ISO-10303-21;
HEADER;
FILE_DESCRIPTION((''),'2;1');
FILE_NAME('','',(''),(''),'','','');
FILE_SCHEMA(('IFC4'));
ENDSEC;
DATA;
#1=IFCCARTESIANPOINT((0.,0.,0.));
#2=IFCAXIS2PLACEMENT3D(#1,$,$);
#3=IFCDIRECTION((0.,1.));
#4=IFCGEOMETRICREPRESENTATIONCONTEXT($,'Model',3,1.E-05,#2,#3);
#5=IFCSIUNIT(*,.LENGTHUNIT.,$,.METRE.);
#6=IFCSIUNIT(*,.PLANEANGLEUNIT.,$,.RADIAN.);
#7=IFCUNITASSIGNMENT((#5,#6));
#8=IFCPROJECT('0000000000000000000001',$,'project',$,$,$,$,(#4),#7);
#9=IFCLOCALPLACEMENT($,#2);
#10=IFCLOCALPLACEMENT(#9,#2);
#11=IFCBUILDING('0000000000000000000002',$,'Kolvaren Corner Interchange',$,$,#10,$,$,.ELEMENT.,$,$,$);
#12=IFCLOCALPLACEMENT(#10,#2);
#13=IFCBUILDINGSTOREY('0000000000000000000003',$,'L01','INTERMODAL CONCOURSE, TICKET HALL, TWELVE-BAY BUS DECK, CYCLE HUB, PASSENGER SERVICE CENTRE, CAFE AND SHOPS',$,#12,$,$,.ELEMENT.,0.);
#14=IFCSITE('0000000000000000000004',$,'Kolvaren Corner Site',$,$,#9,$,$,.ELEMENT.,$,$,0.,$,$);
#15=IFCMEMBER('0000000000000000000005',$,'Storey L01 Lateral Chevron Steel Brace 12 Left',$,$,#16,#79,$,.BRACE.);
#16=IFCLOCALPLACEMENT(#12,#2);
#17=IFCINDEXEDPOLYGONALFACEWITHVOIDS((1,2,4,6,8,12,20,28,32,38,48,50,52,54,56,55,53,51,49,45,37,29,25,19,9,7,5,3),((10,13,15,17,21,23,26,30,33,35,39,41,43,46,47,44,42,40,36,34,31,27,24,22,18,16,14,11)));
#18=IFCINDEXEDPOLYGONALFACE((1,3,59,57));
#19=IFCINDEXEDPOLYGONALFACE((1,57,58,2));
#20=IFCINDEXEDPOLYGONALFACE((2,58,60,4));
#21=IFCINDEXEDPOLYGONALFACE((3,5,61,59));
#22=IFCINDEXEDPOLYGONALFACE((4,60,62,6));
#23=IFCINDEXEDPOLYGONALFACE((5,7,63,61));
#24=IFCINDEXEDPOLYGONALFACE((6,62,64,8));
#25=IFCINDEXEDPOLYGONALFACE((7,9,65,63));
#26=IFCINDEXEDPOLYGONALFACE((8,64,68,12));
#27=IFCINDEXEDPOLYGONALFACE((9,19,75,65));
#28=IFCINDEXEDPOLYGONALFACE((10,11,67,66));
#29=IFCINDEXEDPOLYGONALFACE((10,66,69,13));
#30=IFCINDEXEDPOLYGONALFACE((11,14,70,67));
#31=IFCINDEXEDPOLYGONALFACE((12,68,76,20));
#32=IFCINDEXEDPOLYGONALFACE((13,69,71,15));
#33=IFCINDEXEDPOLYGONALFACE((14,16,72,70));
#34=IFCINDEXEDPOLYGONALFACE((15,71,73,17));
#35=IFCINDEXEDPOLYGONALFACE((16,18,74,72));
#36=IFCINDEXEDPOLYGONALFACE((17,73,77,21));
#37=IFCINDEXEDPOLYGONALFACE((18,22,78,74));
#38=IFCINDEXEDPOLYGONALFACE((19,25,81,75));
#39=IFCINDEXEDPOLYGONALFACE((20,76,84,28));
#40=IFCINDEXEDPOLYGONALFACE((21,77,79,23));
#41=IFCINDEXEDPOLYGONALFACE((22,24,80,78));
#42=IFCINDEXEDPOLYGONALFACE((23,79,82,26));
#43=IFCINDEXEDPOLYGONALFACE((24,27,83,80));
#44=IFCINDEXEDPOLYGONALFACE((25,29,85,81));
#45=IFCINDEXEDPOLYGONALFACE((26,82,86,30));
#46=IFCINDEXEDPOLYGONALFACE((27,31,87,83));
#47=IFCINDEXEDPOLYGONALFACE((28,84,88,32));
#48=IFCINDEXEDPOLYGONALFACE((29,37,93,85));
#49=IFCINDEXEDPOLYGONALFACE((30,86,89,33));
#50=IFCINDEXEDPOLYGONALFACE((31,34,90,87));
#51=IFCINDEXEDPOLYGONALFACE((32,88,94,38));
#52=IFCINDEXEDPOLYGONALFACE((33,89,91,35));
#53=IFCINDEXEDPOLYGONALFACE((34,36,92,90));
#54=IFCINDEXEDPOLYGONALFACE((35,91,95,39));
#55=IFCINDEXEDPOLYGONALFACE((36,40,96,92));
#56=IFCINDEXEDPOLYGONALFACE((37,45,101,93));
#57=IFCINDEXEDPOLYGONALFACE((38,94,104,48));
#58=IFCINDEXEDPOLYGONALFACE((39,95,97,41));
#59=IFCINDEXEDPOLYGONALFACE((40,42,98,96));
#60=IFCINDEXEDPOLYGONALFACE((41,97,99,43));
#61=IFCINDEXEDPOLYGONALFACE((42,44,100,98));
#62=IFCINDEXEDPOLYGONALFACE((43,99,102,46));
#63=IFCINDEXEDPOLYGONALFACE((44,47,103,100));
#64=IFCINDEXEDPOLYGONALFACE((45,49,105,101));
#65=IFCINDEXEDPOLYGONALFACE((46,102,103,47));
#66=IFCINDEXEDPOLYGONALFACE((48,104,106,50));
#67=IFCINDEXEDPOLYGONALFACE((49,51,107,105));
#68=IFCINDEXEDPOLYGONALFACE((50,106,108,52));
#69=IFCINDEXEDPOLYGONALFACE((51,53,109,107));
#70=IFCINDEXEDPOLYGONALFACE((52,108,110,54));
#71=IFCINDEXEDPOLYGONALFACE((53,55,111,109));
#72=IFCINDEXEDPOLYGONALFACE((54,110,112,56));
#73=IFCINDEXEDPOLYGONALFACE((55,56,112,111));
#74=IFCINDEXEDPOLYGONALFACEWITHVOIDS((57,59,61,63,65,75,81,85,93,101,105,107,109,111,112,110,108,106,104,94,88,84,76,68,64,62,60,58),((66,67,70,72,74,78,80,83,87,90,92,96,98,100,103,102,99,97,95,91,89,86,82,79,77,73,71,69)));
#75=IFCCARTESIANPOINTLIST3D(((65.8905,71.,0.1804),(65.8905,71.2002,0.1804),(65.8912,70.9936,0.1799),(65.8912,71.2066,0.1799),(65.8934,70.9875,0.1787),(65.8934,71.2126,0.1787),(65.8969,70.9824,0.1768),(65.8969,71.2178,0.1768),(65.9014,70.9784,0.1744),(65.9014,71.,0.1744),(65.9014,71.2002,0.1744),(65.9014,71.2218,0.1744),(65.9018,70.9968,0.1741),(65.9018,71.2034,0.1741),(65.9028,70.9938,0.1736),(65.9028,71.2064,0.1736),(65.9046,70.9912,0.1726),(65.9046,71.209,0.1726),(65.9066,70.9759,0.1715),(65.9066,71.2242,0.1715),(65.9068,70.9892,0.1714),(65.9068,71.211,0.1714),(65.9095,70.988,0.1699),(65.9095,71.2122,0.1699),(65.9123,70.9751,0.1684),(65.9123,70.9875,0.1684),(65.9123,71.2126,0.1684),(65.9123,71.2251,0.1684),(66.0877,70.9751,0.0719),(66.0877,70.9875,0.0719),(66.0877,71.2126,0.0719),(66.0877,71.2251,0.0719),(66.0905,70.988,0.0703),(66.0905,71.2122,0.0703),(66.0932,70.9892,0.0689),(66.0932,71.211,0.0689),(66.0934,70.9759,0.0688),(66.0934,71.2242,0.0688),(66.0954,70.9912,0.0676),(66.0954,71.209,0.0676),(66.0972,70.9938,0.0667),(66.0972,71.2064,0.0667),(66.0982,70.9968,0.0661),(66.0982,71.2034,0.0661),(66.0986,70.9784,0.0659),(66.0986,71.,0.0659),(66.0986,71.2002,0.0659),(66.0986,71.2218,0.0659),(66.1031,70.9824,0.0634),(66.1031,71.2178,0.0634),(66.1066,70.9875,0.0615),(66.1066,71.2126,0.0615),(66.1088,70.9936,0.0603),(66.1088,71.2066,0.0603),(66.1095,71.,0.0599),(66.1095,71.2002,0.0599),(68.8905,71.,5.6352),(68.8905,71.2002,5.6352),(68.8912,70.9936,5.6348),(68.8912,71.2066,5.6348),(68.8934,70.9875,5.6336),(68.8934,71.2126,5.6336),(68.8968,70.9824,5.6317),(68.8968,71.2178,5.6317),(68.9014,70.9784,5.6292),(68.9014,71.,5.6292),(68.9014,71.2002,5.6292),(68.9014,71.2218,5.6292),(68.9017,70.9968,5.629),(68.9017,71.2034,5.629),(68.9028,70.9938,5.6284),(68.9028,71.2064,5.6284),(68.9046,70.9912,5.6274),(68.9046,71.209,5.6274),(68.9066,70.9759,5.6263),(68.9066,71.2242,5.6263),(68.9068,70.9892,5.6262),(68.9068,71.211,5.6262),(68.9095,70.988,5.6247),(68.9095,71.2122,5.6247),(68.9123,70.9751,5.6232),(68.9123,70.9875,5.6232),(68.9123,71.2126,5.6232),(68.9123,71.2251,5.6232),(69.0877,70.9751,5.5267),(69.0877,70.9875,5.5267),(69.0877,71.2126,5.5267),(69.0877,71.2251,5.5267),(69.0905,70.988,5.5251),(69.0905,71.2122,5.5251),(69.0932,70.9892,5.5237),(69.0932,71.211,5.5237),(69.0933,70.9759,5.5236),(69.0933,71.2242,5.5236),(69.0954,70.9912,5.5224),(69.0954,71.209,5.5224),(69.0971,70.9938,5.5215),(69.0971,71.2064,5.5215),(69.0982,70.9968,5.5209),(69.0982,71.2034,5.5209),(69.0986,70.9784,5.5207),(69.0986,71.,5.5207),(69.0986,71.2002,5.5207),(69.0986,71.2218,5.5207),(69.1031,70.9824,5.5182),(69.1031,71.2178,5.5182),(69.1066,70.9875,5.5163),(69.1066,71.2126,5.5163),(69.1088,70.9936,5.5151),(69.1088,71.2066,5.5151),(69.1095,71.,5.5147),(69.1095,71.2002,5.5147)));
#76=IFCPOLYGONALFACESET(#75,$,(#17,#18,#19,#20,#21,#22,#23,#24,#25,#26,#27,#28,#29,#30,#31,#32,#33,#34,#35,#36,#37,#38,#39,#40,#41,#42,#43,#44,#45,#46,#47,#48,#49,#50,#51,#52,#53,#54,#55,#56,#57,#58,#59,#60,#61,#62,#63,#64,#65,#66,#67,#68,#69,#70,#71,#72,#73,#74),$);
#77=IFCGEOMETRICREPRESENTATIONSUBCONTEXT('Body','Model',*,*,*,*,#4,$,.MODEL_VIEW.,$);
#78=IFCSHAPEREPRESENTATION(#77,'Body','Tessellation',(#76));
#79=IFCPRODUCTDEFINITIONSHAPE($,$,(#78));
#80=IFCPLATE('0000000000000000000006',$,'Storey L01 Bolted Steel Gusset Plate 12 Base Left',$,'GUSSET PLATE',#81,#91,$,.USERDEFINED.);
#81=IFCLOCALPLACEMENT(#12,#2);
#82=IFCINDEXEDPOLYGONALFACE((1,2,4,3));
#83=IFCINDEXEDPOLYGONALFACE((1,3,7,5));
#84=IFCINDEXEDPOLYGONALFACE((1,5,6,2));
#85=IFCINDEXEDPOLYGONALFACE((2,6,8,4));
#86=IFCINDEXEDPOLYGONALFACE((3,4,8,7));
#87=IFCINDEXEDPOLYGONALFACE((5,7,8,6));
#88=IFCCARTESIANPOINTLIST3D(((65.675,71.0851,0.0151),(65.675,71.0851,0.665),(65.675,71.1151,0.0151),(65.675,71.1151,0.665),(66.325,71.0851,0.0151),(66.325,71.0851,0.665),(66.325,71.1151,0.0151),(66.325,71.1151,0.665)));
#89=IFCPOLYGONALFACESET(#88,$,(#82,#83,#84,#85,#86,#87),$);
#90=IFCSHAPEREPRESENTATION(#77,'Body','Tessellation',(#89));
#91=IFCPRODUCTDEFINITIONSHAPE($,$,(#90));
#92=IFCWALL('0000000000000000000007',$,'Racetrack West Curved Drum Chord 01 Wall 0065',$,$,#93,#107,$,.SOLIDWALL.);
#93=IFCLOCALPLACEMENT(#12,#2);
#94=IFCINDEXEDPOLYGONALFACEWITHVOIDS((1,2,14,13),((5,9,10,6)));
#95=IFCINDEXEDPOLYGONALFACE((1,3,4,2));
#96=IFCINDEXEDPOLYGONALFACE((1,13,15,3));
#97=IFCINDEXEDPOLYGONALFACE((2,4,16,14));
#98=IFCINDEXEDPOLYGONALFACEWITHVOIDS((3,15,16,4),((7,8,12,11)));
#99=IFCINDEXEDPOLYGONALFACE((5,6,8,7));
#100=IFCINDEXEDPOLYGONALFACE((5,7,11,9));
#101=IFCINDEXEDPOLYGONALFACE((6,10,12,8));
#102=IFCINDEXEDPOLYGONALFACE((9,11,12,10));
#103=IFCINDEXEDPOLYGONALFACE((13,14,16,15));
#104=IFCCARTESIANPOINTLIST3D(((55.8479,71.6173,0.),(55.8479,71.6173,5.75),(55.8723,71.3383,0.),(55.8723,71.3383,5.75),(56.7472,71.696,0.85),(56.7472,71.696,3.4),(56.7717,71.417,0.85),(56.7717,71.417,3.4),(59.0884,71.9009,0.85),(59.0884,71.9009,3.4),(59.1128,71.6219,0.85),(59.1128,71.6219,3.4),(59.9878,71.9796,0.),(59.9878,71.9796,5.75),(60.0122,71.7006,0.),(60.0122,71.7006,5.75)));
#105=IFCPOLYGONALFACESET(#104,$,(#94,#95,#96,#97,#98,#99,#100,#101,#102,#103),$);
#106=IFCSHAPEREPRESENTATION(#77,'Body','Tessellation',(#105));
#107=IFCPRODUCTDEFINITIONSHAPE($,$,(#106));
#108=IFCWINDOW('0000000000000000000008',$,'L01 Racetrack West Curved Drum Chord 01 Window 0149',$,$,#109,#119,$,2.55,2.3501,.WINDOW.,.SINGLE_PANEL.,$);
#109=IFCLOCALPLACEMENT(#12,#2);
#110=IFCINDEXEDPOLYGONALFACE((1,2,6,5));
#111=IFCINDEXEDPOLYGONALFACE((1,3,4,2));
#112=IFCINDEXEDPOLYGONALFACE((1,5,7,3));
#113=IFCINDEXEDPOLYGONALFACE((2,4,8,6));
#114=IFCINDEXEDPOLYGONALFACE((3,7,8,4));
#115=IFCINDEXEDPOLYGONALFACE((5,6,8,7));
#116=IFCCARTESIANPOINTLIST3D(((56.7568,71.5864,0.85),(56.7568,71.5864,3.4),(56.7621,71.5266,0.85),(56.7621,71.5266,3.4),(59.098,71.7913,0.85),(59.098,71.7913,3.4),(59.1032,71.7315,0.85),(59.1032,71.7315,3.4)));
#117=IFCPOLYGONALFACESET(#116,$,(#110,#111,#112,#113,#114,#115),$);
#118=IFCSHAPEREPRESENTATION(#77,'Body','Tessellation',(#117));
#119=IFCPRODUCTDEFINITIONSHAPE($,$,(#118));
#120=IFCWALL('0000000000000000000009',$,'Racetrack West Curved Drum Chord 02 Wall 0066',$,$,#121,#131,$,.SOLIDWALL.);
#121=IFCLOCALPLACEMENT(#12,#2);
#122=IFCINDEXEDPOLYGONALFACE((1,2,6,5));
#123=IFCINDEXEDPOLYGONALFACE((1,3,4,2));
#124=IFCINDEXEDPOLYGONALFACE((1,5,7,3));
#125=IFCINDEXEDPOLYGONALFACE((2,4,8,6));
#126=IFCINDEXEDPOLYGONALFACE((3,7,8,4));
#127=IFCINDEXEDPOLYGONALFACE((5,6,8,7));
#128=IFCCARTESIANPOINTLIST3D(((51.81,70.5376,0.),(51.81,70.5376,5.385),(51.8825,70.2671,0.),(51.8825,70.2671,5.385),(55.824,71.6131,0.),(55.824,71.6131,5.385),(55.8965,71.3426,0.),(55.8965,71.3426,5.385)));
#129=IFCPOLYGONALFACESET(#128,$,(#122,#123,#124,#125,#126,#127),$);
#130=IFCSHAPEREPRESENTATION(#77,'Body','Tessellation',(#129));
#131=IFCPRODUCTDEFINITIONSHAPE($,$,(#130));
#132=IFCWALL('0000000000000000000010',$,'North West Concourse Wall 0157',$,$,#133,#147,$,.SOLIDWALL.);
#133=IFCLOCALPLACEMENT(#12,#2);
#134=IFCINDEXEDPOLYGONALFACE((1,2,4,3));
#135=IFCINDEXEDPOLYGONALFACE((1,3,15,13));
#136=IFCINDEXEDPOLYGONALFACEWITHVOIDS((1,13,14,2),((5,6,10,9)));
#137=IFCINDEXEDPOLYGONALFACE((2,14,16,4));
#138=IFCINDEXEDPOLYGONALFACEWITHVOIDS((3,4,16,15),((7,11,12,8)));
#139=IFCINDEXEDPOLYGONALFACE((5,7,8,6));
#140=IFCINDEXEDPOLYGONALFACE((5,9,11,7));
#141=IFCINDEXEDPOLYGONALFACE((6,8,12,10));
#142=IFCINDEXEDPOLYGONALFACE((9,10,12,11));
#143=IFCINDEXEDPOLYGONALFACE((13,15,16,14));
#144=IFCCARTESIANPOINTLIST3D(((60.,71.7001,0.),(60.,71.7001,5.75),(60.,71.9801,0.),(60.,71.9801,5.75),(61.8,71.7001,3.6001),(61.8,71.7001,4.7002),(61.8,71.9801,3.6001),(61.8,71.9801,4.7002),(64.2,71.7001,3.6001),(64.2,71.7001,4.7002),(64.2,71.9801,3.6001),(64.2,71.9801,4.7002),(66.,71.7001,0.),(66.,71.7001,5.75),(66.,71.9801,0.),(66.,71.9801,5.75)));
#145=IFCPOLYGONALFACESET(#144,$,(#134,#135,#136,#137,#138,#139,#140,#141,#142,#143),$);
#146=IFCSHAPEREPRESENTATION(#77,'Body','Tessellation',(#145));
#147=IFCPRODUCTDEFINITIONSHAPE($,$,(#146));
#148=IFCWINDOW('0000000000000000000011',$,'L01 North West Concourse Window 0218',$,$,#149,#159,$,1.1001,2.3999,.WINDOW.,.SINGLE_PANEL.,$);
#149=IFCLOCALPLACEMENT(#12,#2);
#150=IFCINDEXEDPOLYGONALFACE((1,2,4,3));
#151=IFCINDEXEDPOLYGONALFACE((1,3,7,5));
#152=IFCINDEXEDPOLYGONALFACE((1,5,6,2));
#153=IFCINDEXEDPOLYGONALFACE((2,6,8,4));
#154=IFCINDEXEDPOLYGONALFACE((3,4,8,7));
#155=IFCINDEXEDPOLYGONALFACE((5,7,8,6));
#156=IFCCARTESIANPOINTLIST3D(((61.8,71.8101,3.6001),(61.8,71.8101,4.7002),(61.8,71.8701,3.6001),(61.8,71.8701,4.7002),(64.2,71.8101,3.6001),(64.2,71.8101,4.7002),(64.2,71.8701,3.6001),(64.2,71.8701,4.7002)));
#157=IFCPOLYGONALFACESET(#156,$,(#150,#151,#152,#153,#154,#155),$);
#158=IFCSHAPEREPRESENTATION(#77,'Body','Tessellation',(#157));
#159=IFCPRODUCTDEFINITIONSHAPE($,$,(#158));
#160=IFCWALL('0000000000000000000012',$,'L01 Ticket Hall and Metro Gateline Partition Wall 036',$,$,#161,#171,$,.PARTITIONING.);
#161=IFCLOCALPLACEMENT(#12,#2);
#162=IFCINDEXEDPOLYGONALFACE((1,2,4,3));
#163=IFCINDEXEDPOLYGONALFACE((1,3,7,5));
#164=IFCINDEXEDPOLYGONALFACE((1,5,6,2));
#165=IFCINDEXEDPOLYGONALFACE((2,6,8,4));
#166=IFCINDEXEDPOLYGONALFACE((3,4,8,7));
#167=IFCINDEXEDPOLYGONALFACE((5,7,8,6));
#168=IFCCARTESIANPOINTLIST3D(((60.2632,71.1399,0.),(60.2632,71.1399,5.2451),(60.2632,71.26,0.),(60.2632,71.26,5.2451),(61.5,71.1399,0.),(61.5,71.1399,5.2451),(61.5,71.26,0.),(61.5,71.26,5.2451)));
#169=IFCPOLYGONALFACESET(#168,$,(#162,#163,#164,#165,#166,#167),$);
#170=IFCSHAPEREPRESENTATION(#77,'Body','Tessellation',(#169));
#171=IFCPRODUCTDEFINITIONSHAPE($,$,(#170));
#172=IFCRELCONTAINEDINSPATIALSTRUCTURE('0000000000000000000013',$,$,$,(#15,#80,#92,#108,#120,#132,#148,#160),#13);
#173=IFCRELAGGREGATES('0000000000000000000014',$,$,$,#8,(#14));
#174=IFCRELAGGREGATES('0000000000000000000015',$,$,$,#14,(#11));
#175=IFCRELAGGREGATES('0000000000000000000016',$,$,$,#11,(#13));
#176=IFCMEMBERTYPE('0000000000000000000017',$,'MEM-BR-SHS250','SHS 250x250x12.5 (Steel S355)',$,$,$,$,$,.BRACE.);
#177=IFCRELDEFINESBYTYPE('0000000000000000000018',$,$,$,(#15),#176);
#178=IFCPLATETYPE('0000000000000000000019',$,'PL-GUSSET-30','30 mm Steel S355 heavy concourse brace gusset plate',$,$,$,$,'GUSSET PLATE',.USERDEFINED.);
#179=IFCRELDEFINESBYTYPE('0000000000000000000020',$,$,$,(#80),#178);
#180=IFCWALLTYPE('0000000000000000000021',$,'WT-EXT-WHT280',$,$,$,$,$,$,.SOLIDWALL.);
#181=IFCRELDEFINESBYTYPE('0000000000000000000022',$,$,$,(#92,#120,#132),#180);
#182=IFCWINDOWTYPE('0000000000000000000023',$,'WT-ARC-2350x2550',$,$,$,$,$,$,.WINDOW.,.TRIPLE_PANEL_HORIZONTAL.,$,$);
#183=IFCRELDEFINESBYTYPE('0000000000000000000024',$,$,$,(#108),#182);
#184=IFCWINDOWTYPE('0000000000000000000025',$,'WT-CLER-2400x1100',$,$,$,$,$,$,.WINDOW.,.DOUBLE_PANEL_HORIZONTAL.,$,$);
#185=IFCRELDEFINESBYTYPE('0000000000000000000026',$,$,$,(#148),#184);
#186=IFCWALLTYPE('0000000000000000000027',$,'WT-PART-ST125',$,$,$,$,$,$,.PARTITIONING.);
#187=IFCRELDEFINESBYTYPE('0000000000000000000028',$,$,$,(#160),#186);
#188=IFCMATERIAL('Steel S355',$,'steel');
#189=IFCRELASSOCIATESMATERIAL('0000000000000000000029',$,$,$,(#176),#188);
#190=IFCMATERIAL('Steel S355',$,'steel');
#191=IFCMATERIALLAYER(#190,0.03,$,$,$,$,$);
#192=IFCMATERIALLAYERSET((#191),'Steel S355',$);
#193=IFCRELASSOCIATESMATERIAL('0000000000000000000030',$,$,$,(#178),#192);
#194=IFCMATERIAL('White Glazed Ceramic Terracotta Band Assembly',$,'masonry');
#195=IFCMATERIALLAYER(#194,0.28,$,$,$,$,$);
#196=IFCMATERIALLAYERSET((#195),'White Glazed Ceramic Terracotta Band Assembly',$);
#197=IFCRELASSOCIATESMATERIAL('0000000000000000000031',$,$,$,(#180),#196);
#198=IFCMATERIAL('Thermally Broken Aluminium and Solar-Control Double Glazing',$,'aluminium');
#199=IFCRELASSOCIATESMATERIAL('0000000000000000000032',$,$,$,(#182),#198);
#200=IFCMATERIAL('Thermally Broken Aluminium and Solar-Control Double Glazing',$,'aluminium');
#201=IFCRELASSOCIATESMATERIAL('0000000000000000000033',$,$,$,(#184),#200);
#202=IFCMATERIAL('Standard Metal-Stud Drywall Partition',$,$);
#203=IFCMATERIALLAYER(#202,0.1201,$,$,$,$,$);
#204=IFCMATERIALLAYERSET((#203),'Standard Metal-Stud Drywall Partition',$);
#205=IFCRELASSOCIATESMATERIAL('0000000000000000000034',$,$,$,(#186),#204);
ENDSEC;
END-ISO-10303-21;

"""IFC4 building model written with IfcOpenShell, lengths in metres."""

from ifc_helpers import new_model, si_unit, direction, frame, frame_2d, origin, origin_2d, place, context, subcontext, project, spatial, rectangle, hollow_rectangle, extrude, material, layer, layer_set, material_profile, profile_set, type_object, element, fill, save


model = new_model("IFC4")

# Units and contexts
model_context = context("Model", 3, precision=1e-05, world=origin(), true_north=direction((0.0, 1.0)))
body_context = subcontext(model_context, "Body", "Model", "MODEL_VIEW")
ifc_project = project(units=[si_unit("LENGTHUNIT", "METRE"), si_unit("PLANEANGLEUNIT", "RADIAN")], contexts=[model_context])

# Site, building, storey
site_placement = place(None, origin())
site = spatial("IfcSite", under=ifc_project, at=site_placement, Name="Kolvaren Corner Site", CompositionType="ELEMENT", RefElevation=0.0)
building_placement = place(site_placement, origin())
building = spatial("IfcBuilding", under=site, at=building_placement, Name="Kolvaren Corner Interchange", CompositionType="ELEMENT")
storey_placement = place(building_placement, origin())
storey = spatial("IfcBuildingStorey", under=building, at=storey_placement, Name="L01", Description="INTERMODAL CONCOURSE, TICKET HALL, TWELVE-BAY BUS DECK, CYCLE HUB, PASSENGER SERVICE CENTRE, CAFE AND SHOPS", CompositionType="ELEMENT", Elevation=0.0)

# Member
ifc_material_1 = material(Name="Steel S355", Category="steel")
ifc_material_profile_1 = material_profile(ifc_material_1, hollow_rectangle(XDim=0.25, YDim=0.25, WallThickness=0.0125, InnerFilletRadius=0.0125, OuterFilletRadius=0.0249, at=origin_2d()), Name="SHS 250x250x12.5")
ifc_profile_set_1 = profile_set([ifc_material_profile_1], Name="Steel S355")
member_type = type_object("IfcMemberType", Name="MEM-BR-SHS250", Description="SHS 250x250x12.5 (Steel S355)", PredefinedType="BRACE", material=ifc_profile_set_1)
member_placement = place(storey_placement, frame((66.0, 71.1001, 0.1201), z_axis=(0.481899, 0.0, 0.876227), x_axis=(0.0, 1.0, 0.0)))
element("IfcMember", 1, at=member_placement, inside=storey, type_object=member_type, Name="Storey L01 Lateral Chevron Steel Brace 12 Left", PredefinedType="BRACE", context=body_context, shape_type="SweptSolid", body=[
    extrude(hollow_rectangle(XDim=0.25, YDim=0.25, WallThickness=0.0125, InnerFilletRadius=0.0125, OuterFilletRadius=0.0249, at=origin_2d()), origin(), (0.0, 0.0, 1.0), 6.2253),
])

# Plate
ifc_material_2 = material(Name="Steel S355", Category="steel")
ifc_layer_1 = layer(ifc_material_2, 0.03)
ifc_layer_set_1 = layer_set([ifc_layer_1], Name="Steel S355")
plate_type = type_object("IfcPlateType", Name="PL-GUSSET-30", Description="30 mm Steel S355 heavy concourse brace gusset plate", ElementType="GUSSET PLATE", PredefinedType="USERDEFINED", material=ifc_layer_set_1)
plate_placement = place(storey_placement, frame((66.0, 71.1001, 0.0151), z_axis=(0.0, 0.0, 1.0), x_axis=(1.0, 0.0, 0.0)))
element("IfcPlate", 2, at=plate_placement, inside=storey, type_object=plate_type, Name="Storey L01 Bolted Steel Gusset Plate 12 Base Left", ObjectType="GUSSET PLATE", PredefinedType="USERDEFINED", context=body_context, shape_type="SweptSolid", body=[
    extrude(rectangle(XDim=0.6499, YDim=0.03, at=origin_2d()), origin(), (0.0, 0.0, 1.0), 0.6499),
])

# Wall, opening, window
ifc_material_3 = material(Name="White Glazed Ceramic Terracotta Band Assembly", Category="masonry")
ifc_layer_2 = layer(ifc_material_3, 0.28)
ifc_layer_set_2 = layer_set([ifc_layer_2], Name="White Glazed Ceramic Terracotta Band Assembly")
wall_type_1 = type_object("IfcWallType", Name="WT-EXT-WHT280", PredefinedType="SOLIDWALL", material=ifc_layer_set_2)
wall_1_placement = place(storey_placement, frame((60.0, 71.8401, 0.0), z_axis=(0.0, 0.0, 1.0), x_axis=(-0.996192, -0.087182, 0.0)))
wall_1 = element("IfcWall", 3, at=wall_1_placement, inside=storey, type_object=wall_type_1, Name="Racetrack West Curved Drum Chord 01 Wall 0065", PredefinedType="SOLIDWALL", context=body_context, shape_type="SweptSolid", body=[
    extrude(rectangle(XDim=4.1558, YDim=0.28, at=frame_2d((2.0779, 0.0))), origin(), (0.0, 0.0, 1.0), 5.75),
])
opening_1_placement = place(wall_1_placement, frame((0.9028, 0.0, 0.8501)))
opening_1 = element("IfcOpeningElement", 4, at=opening_1_placement, cuts=wall_1, PredefinedType="OPENING", context=body_context, shape_type="SweptSolid", body=[
    extrude(rectangle(XDim=2.3501, YDim=2.55, at=frame_2d((1.175, 1.2749))), frame((0.0, 0.1499, 0.0), z_axis=(0.0, -1.0, 0.0), x_axis=(1.0, 0.0, 0.0)), (0.0, 0.0, 1.0), 0.3),
])
ifc_material_4 = material(Name="Thermally Broken Aluminium and Solar-Control Double Glazing", Category="aluminium")
window_type_1 = type_object("IfcWindowType", Name="WT-ARC-2350x2550", PartitioningType="TRIPLE_PANEL_HORIZONTAL", PredefinedType="WINDOW", material=ifc_material_4)
window_1_placement = place(opening_1_placement, origin())
window_1 = element("IfcWindow", 5, at=window_1_placement, inside=storey, type_object=window_type_1, Name="L01 Racetrack West Curved Drum Chord 01 Window 0149", OverallHeight=2.55, OverallWidth=2.3501, PartitioningType="SINGLE_PANEL", PredefinedType="WINDOW", context=body_context, shape_type="SweptSolid", body=[
    extrude(rectangle(XDim=2.3501, YDim=2.55, at=frame_2d((1.175, 1.2749))), frame((0.0, 0.03, 0.0), z_axis=(0.0, -1.0, 0.0), x_axis=(1.0, 0.0, 0.0)), (0.0, 0.0, 1.0), 0.0601),
])
fill(opening_1, window_1)

# Wall
wall_2_placement = place(storey_placement, frame((55.8601, 71.4778, 0.0), z_axis=(0.0, 0.0, 1.0), x_axis=(-0.965931, -0.2588, 0.0)))
element("IfcWall", 6, at=wall_2_placement, inside=storey, type_object=wall_type_1, Name="Racetrack West Curved Drum Chord 02 Wall 0066", PredefinedType="SOLIDWALL", context=body_context, shape_type="SweptSolid", body=[
    extrude(rectangle(XDim=4.1555, YDim=0.28, at=frame_2d((2.0776, 0.0))), origin(), (0.0, 0.0, 1.0), 5.385),
])

# Wall, opening, window
wall_3_placement = place(storey_placement, frame((66.0, 71.8401, 0.0), z_axis=(0.0, 0.0, 1.0), x_axis=(-1.0, 0.0, 0.0)))
wall_3 = element("IfcWall", 7, at=wall_3_placement, inside=storey, type_object=wall_type_1, Name="North West Concourse Wall 0157", PredefinedType="SOLIDWALL", context=body_context, shape_type="SweptSolid", body=[
    extrude(rectangle(XDim=6.0, YDim=0.28, at=frame_2d((3.0, 0.0))), origin(), (0.0, 0.0, 1.0), 5.75),
])
opening_2_placement = place(wall_3_placement, frame((1.8, 0.0, 3.6001)))
opening_2 = element("IfcOpeningElement", 8, at=opening_2_placement, cuts=wall_3, PredefinedType="OPENING", context=body_context, shape_type="SweptSolid", body=[
    extrude(rectangle(XDim=2.3999, YDim=1.1001, at=frame_2d((1.2, 0.55))), frame((0.0, 0.1499, 0.0), z_axis=(0.0, -1.0, 0.0), x_axis=(1.0, 0.0, 0.0)), (0.0, 0.0, 1.0), 0.3),
])
ifc_material_5 = material(Name="Thermally Broken Aluminium and Solar-Control Double Glazing", Category="aluminium")
window_type_2 = type_object("IfcWindowType", Name="WT-CLER-2400x1100", PartitioningType="DOUBLE_PANEL_HORIZONTAL", PredefinedType="WINDOW", material=ifc_material_5)
window_2_placement = place(opening_2_placement, origin())
window_2 = element("IfcWindow", 9, at=window_2_placement, inside=storey, type_object=window_type_2, Name="L01 North West Concourse Window 0218", OverallHeight=1.1001, OverallWidth=2.3999, PartitioningType="SINGLE_PANEL", PredefinedType="WINDOW", context=body_context, shape_type="SweptSolid", body=[
    extrude(rectangle(XDim=2.3999, YDim=1.1001, at=frame_2d((1.2, 0.55))), frame((0.0, 0.03, 0.0), z_axis=(0.0, -1.0, 0.0), x_axis=(1.0, 0.0, 0.0)), (0.0, 0.0, 1.0), 0.0601),
])
fill(opening_2, window_2)

# Wall
ifc_material_6 = material(Name="Standard Metal-Stud Drywall Partition")
ifc_layer_3 = layer(ifc_material_6, 0.1201)
ifc_layer_set_3 = layer_set([ifc_layer_3], Name="Standard Metal-Stud Drywall Partition")
wall_type_2 = type_object("IfcWallType", Name="WT-PART-ST125", PredefinedType="PARTITIONING", material=ifc_layer_set_3)
wall_4_placement = place(storey_placement, frame((61.5, 71.2, 0.0), z_axis=(0.0, 0.0, 1.0), x_axis=(-1.0, 0.0, 0.0)))
element("IfcWall", 10, at=wall_4_placement, inside=storey, type_object=wall_type_2, Name="L01 Ticket Hall and Metro Gateline Partition Wall 036", PredefinedType="PARTITIONING", context=body_context, shape_type="SweptSolid", body=[
    extrude(rectangle(XDim=1.2368, YDim=0.1201, at=frame_2d((0.6184, 0.0))), origin(), (0.0, 0.0, 1.0), 5.2451),
])

save(model, "model.ifc")
